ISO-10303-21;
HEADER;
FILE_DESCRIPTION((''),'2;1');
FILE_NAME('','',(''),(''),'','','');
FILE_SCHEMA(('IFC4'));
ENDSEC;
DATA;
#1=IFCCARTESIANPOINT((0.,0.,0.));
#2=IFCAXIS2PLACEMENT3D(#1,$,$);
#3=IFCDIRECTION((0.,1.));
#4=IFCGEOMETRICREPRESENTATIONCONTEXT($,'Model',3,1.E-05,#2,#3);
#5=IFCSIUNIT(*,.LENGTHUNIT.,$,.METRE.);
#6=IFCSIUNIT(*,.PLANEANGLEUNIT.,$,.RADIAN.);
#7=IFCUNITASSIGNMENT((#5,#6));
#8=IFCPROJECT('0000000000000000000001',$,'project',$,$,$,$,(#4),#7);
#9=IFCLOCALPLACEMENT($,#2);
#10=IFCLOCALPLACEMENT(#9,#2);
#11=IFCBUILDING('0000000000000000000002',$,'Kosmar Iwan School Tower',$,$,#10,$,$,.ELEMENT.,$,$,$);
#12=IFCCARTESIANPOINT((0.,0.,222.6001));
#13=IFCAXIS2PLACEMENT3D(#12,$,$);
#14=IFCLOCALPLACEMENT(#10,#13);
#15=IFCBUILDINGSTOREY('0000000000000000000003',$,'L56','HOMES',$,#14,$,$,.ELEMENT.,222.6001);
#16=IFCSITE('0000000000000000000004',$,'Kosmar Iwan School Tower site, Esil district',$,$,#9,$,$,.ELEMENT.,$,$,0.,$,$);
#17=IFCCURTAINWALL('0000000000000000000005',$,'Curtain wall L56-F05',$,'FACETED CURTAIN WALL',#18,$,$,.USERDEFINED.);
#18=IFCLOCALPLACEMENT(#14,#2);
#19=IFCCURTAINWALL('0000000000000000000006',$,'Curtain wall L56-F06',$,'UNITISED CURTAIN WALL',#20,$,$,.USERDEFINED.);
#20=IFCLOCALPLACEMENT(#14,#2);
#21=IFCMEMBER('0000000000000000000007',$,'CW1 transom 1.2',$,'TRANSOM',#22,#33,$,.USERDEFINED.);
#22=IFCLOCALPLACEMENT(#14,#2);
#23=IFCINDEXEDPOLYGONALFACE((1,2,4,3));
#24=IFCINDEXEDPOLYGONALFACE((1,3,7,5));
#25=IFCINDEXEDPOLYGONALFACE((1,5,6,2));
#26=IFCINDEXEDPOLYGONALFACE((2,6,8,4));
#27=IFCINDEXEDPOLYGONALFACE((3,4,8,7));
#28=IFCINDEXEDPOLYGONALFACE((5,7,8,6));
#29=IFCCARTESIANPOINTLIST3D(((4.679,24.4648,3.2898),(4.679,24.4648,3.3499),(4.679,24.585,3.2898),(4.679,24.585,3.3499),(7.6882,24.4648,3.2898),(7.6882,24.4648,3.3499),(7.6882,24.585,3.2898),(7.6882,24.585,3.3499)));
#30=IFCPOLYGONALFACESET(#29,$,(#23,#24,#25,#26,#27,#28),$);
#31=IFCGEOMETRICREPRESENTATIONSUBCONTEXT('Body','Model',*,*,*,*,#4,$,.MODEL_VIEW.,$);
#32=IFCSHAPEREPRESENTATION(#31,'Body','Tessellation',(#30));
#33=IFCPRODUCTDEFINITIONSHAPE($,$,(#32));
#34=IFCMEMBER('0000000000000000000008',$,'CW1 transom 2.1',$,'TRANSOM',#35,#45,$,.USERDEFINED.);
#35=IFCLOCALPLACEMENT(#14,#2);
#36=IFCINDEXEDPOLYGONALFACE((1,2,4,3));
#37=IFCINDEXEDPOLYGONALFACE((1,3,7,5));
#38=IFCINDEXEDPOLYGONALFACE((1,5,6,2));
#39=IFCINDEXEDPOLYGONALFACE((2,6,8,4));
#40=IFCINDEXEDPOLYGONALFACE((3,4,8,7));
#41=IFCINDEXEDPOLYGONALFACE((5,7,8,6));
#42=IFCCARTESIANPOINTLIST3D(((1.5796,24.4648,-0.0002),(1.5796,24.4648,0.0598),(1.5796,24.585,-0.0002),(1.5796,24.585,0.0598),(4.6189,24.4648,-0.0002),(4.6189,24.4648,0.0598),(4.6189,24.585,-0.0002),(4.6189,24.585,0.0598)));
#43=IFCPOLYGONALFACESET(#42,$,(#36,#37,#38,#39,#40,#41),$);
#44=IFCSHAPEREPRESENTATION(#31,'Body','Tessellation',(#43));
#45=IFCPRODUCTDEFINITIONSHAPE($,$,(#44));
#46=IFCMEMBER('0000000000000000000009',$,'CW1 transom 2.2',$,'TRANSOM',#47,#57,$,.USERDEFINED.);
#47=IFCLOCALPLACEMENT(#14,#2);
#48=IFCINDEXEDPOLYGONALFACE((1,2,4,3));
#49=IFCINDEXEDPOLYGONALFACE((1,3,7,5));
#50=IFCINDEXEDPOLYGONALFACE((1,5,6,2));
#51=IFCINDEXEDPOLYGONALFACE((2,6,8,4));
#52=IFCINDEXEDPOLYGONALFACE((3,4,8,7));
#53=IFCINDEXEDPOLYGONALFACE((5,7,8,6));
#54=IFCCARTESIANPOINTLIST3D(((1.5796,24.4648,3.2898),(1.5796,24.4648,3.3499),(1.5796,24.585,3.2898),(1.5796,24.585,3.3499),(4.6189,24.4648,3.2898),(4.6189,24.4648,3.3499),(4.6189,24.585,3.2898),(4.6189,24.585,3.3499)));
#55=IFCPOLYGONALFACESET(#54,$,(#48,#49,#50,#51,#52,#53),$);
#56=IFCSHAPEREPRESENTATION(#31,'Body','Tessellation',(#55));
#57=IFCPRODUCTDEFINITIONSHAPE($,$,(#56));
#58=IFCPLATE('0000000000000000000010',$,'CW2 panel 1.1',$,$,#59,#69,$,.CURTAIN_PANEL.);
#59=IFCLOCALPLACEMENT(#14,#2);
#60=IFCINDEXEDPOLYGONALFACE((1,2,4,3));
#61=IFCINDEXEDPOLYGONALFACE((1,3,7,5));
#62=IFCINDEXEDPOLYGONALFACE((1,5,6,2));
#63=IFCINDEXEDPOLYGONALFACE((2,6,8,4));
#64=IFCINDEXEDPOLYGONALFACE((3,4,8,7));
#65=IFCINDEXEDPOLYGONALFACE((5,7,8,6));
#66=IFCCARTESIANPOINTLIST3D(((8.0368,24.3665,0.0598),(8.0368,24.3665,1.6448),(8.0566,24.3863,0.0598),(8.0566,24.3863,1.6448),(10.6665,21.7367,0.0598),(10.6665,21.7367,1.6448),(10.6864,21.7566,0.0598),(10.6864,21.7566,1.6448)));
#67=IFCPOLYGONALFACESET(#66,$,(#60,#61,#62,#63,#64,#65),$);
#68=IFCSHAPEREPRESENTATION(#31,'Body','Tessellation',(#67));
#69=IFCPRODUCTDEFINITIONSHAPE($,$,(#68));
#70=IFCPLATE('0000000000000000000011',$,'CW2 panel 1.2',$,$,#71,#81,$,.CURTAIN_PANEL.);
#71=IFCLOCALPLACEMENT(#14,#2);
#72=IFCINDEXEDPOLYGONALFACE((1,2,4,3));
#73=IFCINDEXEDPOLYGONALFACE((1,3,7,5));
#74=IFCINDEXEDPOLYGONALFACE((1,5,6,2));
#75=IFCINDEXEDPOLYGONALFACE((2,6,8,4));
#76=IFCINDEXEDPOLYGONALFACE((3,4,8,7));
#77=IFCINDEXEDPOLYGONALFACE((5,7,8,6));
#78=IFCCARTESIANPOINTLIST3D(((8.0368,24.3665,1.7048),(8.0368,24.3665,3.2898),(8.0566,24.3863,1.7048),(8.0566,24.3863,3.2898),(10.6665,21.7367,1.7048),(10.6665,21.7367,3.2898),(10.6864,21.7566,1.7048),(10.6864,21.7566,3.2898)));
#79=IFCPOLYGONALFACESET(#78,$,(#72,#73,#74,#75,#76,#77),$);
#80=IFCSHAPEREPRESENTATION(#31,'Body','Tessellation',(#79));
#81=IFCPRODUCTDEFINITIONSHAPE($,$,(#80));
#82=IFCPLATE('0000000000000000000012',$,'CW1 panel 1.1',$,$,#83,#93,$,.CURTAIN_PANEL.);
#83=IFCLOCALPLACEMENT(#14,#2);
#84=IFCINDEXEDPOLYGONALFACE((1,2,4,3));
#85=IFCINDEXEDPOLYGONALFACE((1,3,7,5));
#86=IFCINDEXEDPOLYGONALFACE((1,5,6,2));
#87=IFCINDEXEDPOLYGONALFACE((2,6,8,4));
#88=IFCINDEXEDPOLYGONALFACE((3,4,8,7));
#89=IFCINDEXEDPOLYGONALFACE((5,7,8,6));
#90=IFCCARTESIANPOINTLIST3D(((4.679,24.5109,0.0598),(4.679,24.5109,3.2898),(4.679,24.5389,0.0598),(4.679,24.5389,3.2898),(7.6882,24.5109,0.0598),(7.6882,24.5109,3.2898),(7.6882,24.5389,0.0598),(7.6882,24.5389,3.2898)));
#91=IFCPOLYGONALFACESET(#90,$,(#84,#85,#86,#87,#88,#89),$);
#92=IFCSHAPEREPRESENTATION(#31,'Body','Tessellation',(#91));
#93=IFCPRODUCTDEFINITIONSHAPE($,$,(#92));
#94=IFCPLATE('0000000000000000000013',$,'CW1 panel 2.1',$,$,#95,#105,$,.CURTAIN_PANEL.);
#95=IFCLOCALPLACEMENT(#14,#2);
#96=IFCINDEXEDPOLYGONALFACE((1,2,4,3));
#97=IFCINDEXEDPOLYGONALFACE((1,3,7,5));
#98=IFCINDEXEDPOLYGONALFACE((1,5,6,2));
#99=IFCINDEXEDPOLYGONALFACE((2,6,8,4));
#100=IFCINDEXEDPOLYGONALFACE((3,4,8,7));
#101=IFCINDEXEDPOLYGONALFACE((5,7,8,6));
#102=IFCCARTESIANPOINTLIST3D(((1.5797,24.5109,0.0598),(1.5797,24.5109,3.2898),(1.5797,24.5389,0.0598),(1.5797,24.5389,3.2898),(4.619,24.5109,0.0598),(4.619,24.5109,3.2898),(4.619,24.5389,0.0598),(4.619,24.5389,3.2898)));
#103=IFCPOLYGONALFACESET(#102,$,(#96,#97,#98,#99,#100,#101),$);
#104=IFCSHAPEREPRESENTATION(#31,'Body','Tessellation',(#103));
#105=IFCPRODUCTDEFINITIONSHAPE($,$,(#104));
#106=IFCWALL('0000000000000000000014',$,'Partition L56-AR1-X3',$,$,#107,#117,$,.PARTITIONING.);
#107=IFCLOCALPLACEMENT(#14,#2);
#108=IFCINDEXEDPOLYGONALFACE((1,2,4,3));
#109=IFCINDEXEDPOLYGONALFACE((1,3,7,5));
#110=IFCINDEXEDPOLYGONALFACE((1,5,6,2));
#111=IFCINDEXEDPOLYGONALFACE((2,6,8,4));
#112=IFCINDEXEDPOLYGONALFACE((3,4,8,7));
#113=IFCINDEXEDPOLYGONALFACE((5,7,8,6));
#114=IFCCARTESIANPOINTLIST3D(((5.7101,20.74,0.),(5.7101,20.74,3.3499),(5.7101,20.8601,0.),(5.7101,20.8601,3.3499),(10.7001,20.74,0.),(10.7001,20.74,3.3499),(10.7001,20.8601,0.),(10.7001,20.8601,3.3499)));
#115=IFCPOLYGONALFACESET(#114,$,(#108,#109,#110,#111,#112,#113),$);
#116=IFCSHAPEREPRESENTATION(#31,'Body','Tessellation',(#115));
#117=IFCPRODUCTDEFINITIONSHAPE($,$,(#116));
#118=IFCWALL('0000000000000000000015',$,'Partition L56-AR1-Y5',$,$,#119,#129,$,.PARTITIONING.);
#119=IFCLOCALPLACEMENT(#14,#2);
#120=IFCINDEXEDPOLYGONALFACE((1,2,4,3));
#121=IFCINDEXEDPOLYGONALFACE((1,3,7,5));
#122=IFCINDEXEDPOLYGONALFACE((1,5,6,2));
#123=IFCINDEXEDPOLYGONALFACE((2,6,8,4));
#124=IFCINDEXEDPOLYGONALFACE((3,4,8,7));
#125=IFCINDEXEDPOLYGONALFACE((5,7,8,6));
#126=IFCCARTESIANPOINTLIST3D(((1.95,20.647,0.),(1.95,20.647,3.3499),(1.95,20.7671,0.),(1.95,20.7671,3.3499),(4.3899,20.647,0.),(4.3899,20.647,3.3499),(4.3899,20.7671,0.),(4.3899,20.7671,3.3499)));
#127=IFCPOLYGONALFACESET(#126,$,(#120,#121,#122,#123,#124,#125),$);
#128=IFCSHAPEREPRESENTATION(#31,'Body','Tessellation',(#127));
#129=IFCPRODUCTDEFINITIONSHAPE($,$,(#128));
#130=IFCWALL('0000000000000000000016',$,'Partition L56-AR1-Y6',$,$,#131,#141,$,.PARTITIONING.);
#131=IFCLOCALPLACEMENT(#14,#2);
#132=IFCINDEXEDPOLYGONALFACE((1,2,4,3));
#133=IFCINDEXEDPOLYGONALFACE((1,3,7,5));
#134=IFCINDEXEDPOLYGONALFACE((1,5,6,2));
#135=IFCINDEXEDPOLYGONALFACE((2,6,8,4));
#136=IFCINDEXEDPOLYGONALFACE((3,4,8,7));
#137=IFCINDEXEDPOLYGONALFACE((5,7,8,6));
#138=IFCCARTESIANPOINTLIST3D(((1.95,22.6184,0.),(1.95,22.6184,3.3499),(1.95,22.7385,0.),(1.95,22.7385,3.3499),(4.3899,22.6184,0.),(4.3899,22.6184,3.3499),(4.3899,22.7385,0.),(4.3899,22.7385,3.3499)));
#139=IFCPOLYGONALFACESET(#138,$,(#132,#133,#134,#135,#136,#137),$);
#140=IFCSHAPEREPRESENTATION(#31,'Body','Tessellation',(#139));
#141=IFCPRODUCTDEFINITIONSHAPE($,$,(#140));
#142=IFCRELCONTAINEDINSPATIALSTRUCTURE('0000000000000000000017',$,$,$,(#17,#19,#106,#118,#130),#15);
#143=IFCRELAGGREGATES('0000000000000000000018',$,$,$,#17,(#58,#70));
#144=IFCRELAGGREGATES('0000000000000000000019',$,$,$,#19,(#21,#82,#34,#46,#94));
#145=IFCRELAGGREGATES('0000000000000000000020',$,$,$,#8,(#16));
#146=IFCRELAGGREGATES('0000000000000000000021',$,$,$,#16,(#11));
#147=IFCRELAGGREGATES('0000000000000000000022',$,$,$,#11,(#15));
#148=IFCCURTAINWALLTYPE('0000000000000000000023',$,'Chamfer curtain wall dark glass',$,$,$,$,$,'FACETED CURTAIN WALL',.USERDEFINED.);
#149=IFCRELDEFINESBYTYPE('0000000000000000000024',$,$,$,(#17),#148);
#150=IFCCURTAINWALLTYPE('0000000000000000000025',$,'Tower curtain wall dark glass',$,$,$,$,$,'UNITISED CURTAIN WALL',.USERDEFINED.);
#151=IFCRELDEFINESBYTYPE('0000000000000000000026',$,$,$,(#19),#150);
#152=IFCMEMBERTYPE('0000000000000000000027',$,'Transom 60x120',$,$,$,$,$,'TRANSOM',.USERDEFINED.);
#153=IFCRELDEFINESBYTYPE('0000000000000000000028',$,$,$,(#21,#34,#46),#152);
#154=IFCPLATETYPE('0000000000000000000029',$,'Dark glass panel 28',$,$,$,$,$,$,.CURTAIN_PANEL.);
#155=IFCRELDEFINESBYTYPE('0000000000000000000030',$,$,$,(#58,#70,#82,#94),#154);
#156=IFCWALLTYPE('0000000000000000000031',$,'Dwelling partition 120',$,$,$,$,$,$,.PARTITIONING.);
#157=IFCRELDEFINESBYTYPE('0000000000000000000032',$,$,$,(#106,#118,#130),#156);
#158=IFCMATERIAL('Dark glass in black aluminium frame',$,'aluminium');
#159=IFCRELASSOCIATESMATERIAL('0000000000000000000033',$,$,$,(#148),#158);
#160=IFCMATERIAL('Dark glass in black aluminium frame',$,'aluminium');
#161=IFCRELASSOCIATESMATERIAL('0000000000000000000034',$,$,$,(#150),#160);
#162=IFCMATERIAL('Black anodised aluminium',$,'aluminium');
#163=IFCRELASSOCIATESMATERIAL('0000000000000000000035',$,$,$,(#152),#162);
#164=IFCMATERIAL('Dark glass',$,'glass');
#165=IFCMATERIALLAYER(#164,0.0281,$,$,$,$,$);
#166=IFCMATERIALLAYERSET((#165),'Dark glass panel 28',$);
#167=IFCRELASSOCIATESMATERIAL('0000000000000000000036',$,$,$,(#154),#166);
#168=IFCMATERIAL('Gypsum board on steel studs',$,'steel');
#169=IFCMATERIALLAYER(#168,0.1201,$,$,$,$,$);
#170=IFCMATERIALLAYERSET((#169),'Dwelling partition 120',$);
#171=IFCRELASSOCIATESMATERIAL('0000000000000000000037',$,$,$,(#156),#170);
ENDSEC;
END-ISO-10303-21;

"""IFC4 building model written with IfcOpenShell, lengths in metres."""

from ifc_helpers import new_model, si_unit, direction, frame, frame_2d, origin, origin_2d, place, context, subcontext, project, spatial, rectangle, extrude, material, layer, layer_set, material_profile, profile_set, type_object, element, aggregate, save


model = new_model("IFC4")

# Units and contexts
model_context = context("Model", 3, precision=1e-05, world=origin(), true_north=direction((0.0, 1.0)))
body_context = subcontext(model_context, "Body", "Model", "MODEL_VIEW")
ifc_project = project(units=[si_unit("LENGTHUNIT", "METRE"), si_unit("PLANEANGLEUNIT", "RADIAN")], contexts=[model_context])

# Site, building, storey
site_placement = place(None, origin())
site = spatial("IfcSite", under=ifc_project, at=site_placement, Name="Kosmar Iwan School Tower site, Esil district", CompositionType="ELEMENT", RefElevation=0.0)
building_placement = place(site_placement, origin())
building = spatial("IfcBuilding", under=site, at=building_placement, Name="Kosmar Iwan School Tower", CompositionType="ELEMENT")
storey_placement = place(building_placement, frame((0.0, 0.0, 222.6001)))
storey = spatial("IfcBuildingStorey", under=building, at=storey_placement, Name="L56", Description="HOMES", CompositionType="ELEMENT", Elevation=222.6001)

# Curtain walls
ifc_material_1 = material(Name="Dark glass in black aluminium frame", Category="aluminium")
curtain_wall_type_1 = type_object("IfcCurtainWallType", Name="Chamfer curtain wall dark glass", ElementType="FACETED CURTAIN WALL", PredefinedType="USERDEFINED", material=ifc_material_1)
curtain_wall_1_placement = place(storey_placement, origin())
curtain_wall_1 = element("IfcCurtainWall", 1, at=curtain_wall_1_placement, inside=storey, type_object=curtain_wall_type_1, Name="Curtain wall L56-F05", ObjectType="FACETED CURTAIN WALL", PredefinedType="USERDEFINED")
ifc_material_2 = material(Name="Dark glass in black aluminium frame", Category="aluminium")
curtain_wall_type_2 = type_object("IfcCurtainWallType", Name="Tower curtain wall dark glass", ElementType="UNITISED CURTAIN WALL", PredefinedType="USERDEFINED", material=ifc_material_2)
curtain_wall_2_placement = place(storey_placement, origin())
curtain_wall_2 = element("IfcCurtainWall", 2, at=curtain_wall_2_placement, inside=storey, type_object=curtain_wall_type_2, Name="Curtain wall L56-F06", ObjectType="UNITISED CURTAIN WALL", PredefinedType="USERDEFINED")

# Members
ifc_material_3 = material(Name="Black anodised aluminium", Category="aluminium")
ifc_material_profile_1 = material_profile(ifc_material_3, rectangle(XDim=0.1201, YDim=0.0601, at=origin_2d()), Name="TRANSOM 60x120")
ifc_profile_set_1 = profile_set([ifc_material_profile_1], Name="Black anodised aluminium")
member_type_1 = type_object("IfcMemberType", Name="Transom 60x120", ElementType="TRANSOM", PredefinedType="USERDEFINED", material=ifc_profile_set_1)
member_1_placement = place(storey_placement, frame((7.6882, 24.5249, 3.3198), z_axis=(-1.0, 0.0, 0.0), x_axis=(0.0, -1.0, 0.0)))
member_1 = element("IfcMember", 3, at=member_1_placement, type_object=member_type_1, Name="CW1 transom 1.2", ObjectType="TRANSOM", PredefinedType="USERDEFINED", context=body_context, shape_type="SweptSolid", body=[
    extrude(rectangle(XDim=0.1201, YDim=0.0601, at=origin_2d()), origin(), (0.0, 0.0, 1.0), 3.0093),
])
member_2_placement = place(storey_placement, frame((4.6189, 24.5249, 0.0298), z_axis=(-1.0, 0.0, 0.0), x_axis=(0.0, -1.0, 0.0)))
member_2 = element("IfcMember", 4, at=member_2_placement, type_object=member_type_1, Name="CW1 transom 2.1", ObjectType="TRANSOM", PredefinedType="USERDEFINED", context=body_context, shape_type="SweptSolid", body=[
    extrude(rectangle(XDim=0.1201, YDim=0.0601, at=origin_2d()), origin(), (0.0, 0.0, 1.0), 3.0393),
])
member_3_placement = place(storey_placement, frame((4.6189, 24.5249, 3.3198), z_axis=(-1.0, 0.0, 0.0), x_axis=(0.0, -1.0, 0.0)))
member_3 = element("IfcMember", 5, at=member_3_placement, type_object=member_type_1, Name="CW1 transom 2.2", ObjectType="TRANSOM", PredefinedType="USERDEFINED", context=body_context, shape_type="SweptSolid", body=[
    extrude(rectangle(XDim=0.1201, YDim=0.0601, at=origin_2d()), origin(), (0.0, 0.0, 1.0), 3.0393),
])

# Plates
ifc_material_4 = material(Name="Dark glass", Category="glass")
ifc_layer_1 = layer(ifc_material_4, 0.0281)
ifc_layer_set_1 = layer_set([ifc_layer_1], Name="Dark glass panel 28")
plate_type = type_object("IfcPlateType", Name="Dark glass panel 28", PredefinedType="CURTAIN_PANEL", material=ifc_layer_set_1)
plate_1_placement = place(storey_placement, frame((9.3616, 23.0615, 0.0598), z_axis=(0.0, 0.0, 1.0), x_axis=(-0.707107, 0.707107, 0.0)))
plate_1 = element("IfcPlate", 6, at=plate_1_placement, type_object=plate_type, Name="CW2 panel 1.1", PredefinedType="CURTAIN_PANEL", context=body_context, shape_type="SweptSolid", body=[
    extrude(rectangle(XDim=3.719, YDim=0.0281, at=origin_2d()), origin(), (0.0, 0.0, 1.0), 1.585),
])
plate_2_placement = place(storey_placement, frame((9.3616, 23.0615, 1.7048), z_axis=(0.0, 0.0, 1.0), x_axis=(-0.707107, 0.707107, 0.0)))
plate_2 = element("IfcPlate", 7, at=plate_2_placement, type_object=plate_type, Name="CW2 panel 1.2", PredefinedType="CURTAIN_PANEL", context=body_context, shape_type="SweptSolid", body=[
    extrude(rectangle(XDim=3.719, YDim=0.0281, at=origin_2d()), origin(), (0.0, 0.0, 1.0), 1.585),
])
aggregate(curtain_wall_1, [plate_1, plate_2])
plate_3_placement = place(storey_placement, frame((6.1836, 24.5249, 0.0598), z_axis=(0.0, 0.0, 1.0), x_axis=(-1.0, 0.0, 0.0)))
plate_3 = element("IfcPlate", 8, at=plate_3_placement, type_object=plate_type, Name="CW1 panel 1.1", PredefinedType="CURTAIN_PANEL", context=body_context, shape_type="SweptSolid", body=[
    extrude(rectangle(XDim=3.0093, YDim=0.0281, at=origin_2d()), origin(), (0.0, 0.0, 1.0), 3.23),
])
plate_4_placement = place(storey_placement, frame((3.0994, 24.5249, 0.0598), z_axis=(0.0, 0.0, 1.0), x_axis=(-1.0, 0.0, 0.0)))
plate_4 = element("IfcPlate", 9, at=plate_4_placement, type_object=plate_type, Name="CW1 panel 2.1", PredefinedType="CURTAIN_PANEL", context=body_context, shape_type="SweptSolid", body=[
    extrude(rectangle(XDim=3.0393, YDim=0.0281, at=origin_2d()), origin(), (0.0, 0.0, 1.0), 3.23),
])
aggregate(curtain_wall_2, [member_1, plate_3, member_2, member_3, plate_4])

# Walls
ifc_material_5 = material(Name="Gypsum board on steel studs", Category="steel")
ifc_layer_2 = layer(ifc_material_5, 0.1201)
ifc_layer_set_2 = layer_set([ifc_layer_2], Name="Dwelling partition 120")
wall_type = type_object("IfcWallType", Name="Dwelling partition 120", PredefinedType="PARTITIONING", material=ifc_layer_set_2)
wall_placement = place(storey_placement, frame((5.71, 20.8, 0.0), z_axis=(0.0, 0.0, 1.0), x_axis=(1.0, 0.0, 0.0)))
element("IfcWall", 10, at=wall_placement, inside=storey, type_object=wall_type, Name="Partition L56-AR1-X3", PredefinedType="PARTITIONING", context=body_context, shape_type="SweptSolid", body=[
    extrude(rectangle(XDim=4.99, YDim=0.1201, at=frame_2d((2.4951, 0.0))), origin(), (0.0, 0.0, 1.0), 3.3499),
])
for number, where, z_axis, x_axis, name in (
    (11, (1.95, 20.707, 0.0), (0.0, 0.0, 1.0), (1.0, 0.0, 0.0), "Partition L56-AR1-Y5"),
    (12, (1.95, 22.6785, 0.0), (0.0, 0.0, 1.0), (1.0, 0.0, 0.0), "Partition L56-AR1-Y6"),
):
    element("IfcWall", number, at=place(storey_placement, frame(where, z_axis=z_axis, x_axis=x_axis)), inside=storey, type_object=wall_type, Name=name, PredefinedType="PARTITIONING", context=body_context, shape_type="SweptSolid", body=[
        extrude(rectangle(XDim=2.4399, YDim=0.1201, at=frame_2d((1.22, 0.0))), origin(), (0.0, 0.0, 1.0), 3.3499),
    ])

save(model, "model.ifc")
